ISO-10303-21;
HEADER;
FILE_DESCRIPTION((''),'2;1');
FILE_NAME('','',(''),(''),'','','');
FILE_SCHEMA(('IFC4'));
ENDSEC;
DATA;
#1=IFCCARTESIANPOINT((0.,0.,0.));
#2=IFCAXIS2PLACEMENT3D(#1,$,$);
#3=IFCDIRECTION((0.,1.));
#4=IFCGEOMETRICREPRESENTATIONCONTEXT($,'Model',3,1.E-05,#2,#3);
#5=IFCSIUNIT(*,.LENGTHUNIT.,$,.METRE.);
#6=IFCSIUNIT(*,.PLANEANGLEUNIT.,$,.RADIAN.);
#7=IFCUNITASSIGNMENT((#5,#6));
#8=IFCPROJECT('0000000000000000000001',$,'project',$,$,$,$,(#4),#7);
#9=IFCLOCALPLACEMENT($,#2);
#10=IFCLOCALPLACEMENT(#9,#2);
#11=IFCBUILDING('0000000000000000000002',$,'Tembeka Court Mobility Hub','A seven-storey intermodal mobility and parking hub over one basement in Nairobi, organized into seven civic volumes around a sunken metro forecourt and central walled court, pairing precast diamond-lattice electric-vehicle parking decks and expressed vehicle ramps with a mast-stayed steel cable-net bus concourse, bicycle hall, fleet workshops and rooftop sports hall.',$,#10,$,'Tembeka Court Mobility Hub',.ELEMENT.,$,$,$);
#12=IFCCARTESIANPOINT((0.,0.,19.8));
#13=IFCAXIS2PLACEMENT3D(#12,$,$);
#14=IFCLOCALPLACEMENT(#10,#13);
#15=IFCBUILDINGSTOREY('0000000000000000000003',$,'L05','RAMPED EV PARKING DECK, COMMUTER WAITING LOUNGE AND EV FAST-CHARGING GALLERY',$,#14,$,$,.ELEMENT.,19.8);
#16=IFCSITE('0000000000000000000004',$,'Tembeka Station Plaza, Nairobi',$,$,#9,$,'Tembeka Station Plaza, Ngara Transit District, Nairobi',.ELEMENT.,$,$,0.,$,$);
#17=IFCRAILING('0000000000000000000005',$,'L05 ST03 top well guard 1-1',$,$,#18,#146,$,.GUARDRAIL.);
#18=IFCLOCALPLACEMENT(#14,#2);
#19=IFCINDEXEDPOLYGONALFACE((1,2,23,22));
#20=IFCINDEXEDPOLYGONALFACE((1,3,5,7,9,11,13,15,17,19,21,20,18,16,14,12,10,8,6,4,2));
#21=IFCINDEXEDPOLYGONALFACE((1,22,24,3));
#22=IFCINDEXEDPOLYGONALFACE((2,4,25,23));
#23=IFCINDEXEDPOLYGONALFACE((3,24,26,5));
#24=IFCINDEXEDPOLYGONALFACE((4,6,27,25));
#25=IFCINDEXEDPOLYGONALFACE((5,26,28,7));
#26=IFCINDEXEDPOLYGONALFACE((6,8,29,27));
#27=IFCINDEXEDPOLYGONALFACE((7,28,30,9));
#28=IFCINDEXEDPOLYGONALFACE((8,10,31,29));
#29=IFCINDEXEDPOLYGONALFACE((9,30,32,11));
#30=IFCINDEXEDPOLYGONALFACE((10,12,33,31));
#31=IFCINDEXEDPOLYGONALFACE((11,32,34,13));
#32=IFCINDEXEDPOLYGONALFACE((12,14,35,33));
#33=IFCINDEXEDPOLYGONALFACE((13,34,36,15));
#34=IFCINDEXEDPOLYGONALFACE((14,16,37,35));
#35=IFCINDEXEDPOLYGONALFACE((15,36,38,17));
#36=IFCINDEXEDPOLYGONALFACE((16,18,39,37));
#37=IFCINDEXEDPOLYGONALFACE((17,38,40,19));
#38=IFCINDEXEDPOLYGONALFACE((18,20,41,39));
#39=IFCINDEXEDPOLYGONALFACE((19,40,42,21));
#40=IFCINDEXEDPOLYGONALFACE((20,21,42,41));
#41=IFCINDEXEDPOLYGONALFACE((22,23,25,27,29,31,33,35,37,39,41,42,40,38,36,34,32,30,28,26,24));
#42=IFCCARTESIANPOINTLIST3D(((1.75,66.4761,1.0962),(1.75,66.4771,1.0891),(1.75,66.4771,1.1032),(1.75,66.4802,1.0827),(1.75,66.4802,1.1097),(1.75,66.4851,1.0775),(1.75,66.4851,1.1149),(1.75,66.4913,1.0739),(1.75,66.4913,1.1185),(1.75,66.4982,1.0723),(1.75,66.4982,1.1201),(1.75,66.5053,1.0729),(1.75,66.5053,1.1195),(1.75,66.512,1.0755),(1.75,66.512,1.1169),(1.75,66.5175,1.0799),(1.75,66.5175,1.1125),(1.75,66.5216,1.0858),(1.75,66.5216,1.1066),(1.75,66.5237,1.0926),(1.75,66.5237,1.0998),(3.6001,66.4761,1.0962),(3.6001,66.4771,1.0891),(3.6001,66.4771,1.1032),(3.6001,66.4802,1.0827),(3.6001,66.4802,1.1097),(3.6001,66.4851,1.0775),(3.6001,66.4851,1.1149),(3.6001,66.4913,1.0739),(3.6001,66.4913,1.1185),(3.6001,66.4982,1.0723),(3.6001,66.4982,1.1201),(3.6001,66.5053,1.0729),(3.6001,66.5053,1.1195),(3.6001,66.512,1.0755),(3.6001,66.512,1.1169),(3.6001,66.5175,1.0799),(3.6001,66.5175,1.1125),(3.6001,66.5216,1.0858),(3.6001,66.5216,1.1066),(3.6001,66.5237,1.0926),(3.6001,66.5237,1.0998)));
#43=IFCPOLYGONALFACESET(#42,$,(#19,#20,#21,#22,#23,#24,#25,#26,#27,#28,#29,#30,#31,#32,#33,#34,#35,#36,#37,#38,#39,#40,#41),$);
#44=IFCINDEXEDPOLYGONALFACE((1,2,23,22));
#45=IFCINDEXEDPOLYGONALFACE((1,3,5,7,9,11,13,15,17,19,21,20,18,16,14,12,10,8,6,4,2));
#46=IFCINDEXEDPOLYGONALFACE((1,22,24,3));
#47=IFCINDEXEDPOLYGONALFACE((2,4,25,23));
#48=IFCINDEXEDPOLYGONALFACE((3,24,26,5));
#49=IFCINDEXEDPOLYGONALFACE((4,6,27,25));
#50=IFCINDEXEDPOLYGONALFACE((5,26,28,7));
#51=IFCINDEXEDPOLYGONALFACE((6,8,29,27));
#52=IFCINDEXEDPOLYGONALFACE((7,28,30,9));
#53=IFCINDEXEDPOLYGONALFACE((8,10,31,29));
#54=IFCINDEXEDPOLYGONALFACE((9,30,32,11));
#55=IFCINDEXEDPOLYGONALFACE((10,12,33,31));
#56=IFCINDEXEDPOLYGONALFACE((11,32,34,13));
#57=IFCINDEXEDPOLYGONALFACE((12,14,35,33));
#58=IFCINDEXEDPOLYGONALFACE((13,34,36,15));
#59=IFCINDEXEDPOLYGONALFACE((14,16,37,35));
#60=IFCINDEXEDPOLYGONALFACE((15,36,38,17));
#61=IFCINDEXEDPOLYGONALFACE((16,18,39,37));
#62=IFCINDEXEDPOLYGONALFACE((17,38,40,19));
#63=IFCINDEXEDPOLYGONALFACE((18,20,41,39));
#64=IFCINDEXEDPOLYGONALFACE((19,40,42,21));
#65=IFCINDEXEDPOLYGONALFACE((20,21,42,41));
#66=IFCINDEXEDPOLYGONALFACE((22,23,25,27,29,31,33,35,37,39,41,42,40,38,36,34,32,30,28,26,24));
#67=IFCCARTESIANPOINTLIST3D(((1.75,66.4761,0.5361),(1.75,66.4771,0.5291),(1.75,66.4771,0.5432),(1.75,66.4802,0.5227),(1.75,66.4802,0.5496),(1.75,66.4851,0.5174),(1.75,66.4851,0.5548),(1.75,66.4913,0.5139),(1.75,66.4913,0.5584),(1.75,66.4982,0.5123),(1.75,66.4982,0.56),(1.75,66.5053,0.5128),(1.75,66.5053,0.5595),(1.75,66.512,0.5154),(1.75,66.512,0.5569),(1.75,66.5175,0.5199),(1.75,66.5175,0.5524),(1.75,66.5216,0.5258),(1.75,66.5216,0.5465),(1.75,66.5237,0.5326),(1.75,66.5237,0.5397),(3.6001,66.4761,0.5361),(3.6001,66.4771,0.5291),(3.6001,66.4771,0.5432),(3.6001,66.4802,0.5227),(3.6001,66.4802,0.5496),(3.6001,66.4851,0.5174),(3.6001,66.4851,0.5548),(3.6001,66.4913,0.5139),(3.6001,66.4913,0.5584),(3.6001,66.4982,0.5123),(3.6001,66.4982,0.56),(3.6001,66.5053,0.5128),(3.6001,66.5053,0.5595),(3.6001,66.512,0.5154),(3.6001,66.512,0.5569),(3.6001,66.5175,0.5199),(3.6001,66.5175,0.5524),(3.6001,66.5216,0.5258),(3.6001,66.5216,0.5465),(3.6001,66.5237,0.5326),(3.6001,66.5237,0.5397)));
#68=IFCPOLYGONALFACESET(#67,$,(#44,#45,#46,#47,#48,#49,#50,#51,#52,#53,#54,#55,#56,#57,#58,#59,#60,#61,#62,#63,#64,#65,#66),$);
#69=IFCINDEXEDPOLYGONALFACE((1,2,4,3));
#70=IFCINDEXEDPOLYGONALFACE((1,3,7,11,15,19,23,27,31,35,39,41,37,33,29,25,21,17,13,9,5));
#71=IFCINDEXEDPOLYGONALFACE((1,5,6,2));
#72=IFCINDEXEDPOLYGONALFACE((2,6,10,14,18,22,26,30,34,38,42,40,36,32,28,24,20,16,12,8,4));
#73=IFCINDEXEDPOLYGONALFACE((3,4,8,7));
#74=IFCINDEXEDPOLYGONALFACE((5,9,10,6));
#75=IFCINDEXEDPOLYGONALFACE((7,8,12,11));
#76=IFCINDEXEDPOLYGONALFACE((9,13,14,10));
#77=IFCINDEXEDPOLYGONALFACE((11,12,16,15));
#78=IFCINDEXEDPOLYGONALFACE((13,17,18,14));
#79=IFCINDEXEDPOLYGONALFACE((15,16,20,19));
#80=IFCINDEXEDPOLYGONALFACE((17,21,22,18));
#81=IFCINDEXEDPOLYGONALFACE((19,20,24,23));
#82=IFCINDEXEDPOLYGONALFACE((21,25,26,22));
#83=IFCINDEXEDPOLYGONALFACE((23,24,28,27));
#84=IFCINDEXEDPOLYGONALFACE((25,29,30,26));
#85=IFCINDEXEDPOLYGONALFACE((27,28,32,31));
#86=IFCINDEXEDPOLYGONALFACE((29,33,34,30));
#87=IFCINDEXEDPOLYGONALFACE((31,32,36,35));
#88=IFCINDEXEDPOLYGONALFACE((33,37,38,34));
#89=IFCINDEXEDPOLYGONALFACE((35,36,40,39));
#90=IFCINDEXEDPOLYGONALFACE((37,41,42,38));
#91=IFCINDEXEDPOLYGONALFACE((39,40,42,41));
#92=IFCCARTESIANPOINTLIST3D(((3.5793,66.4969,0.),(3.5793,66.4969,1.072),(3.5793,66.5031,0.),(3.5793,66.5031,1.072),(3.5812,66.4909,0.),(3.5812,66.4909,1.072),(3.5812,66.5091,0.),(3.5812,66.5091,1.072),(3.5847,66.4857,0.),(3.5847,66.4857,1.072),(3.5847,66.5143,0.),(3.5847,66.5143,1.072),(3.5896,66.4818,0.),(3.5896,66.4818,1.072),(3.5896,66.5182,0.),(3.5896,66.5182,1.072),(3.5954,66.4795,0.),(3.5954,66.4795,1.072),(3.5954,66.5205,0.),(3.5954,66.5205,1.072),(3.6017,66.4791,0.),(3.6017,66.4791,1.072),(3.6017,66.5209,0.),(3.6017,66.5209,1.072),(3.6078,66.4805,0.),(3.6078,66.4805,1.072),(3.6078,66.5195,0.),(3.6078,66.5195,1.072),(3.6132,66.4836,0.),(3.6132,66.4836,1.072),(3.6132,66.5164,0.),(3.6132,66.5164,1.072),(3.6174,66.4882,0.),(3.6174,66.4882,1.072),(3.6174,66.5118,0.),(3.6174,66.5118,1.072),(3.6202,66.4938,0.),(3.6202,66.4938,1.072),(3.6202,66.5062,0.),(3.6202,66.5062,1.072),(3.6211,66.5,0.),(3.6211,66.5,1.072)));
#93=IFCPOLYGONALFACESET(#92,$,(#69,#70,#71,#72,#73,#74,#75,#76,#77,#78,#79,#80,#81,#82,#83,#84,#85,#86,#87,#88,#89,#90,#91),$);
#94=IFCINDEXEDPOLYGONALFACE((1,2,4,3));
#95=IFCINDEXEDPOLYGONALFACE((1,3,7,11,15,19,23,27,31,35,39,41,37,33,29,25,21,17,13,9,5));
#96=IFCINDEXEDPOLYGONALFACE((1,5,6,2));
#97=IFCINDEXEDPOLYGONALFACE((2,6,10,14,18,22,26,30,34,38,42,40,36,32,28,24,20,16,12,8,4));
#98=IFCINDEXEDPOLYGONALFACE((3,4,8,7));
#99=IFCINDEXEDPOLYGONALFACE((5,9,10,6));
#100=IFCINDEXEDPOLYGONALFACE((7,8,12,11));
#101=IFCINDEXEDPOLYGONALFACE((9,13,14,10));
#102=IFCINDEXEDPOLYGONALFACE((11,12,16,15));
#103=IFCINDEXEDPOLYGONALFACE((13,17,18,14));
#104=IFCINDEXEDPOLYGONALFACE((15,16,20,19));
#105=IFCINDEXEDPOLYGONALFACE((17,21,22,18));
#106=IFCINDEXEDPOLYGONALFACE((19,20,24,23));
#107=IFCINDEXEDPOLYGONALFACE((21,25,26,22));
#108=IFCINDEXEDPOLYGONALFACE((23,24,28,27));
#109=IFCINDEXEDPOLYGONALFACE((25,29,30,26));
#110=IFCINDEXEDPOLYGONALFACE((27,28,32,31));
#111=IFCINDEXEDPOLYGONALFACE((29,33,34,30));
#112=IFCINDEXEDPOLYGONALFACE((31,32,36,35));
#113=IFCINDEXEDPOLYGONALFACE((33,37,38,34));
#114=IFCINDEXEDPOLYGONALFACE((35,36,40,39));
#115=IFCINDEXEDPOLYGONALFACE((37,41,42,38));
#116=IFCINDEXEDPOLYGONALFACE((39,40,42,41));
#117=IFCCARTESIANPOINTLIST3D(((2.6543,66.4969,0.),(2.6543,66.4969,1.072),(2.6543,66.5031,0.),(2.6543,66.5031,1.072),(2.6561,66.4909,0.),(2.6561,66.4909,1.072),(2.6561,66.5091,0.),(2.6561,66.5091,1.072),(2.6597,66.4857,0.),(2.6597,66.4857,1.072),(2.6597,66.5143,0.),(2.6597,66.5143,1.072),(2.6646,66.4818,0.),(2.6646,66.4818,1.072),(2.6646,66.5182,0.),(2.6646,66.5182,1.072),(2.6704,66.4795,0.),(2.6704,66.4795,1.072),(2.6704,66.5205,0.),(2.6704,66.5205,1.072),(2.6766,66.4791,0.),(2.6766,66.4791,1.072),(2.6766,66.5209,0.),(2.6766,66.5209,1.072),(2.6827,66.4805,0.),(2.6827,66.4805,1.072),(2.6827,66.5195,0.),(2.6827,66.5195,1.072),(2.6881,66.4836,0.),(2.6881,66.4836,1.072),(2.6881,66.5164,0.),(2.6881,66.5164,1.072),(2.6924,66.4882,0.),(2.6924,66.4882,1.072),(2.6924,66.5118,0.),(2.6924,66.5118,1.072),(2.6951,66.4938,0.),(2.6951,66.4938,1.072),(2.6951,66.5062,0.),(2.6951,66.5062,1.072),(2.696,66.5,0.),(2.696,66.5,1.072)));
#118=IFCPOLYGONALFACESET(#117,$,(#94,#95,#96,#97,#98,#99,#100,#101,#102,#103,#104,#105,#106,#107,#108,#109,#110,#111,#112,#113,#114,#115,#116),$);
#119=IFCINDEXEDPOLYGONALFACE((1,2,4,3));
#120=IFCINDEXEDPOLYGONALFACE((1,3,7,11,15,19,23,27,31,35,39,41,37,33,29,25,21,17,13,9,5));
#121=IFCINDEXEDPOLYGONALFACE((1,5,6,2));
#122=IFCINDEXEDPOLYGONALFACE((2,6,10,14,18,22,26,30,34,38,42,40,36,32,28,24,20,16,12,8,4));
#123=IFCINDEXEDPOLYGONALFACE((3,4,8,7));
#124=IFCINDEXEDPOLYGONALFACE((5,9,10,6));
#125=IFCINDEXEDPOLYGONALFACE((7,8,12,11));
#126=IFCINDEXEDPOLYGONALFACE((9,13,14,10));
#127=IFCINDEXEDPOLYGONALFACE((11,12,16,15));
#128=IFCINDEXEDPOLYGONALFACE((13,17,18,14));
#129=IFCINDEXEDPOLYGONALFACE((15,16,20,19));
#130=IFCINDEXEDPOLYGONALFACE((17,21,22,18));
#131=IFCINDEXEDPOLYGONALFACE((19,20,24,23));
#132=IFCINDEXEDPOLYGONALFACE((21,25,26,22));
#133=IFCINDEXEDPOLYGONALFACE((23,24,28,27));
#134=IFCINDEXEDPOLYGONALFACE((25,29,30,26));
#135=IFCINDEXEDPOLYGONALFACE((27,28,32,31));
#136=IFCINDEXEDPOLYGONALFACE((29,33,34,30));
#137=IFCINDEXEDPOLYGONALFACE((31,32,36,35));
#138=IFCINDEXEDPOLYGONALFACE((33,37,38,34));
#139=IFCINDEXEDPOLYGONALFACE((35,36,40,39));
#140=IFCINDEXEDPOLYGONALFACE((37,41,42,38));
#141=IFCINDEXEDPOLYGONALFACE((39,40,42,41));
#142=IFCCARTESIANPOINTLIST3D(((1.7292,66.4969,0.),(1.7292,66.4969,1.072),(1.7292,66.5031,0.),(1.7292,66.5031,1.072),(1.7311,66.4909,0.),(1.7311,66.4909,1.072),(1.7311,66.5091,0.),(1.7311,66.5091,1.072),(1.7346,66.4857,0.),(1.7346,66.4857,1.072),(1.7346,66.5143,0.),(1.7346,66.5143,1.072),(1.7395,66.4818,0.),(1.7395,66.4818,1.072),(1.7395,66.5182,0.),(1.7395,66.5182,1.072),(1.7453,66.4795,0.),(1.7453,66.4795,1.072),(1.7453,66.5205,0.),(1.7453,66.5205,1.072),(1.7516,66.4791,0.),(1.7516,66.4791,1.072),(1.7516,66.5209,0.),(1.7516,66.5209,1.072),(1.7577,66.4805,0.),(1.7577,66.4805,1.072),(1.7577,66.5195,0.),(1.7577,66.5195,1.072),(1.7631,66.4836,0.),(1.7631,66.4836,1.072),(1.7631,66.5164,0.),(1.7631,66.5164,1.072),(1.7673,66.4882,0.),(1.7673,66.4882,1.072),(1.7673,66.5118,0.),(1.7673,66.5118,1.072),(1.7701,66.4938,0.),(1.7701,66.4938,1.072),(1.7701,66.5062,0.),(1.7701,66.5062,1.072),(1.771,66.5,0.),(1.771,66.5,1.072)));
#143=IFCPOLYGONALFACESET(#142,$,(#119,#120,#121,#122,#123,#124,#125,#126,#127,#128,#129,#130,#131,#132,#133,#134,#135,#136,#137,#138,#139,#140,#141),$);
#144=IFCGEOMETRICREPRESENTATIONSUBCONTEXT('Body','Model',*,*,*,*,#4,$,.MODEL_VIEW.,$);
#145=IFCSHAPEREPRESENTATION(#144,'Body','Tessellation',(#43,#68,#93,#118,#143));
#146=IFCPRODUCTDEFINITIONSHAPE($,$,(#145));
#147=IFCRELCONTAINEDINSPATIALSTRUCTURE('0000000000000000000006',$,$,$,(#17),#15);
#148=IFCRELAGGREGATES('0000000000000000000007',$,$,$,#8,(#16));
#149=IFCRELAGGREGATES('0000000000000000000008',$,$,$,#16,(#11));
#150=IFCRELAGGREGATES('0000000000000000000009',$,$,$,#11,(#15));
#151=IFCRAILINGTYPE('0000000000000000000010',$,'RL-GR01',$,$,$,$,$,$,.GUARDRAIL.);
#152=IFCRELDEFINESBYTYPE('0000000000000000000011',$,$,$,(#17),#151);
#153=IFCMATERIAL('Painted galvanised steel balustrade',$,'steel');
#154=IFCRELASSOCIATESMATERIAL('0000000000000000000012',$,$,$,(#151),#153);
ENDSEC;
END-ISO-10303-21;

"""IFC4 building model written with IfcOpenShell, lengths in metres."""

from ifc_helpers import new_model, si_unit, direction, frame, origin, origin_2d, place, context, subcontext, project, spatial, circle, extrude, material, type_object, element, save


model = new_model("IFC4")

# Units and contexts
model_context = context("Model", 3, precision=1e-05, world=origin(), true_north=direction((0.0, 1.0)))
body_context = subcontext(model_context, "Body", "Model", "MODEL_VIEW")
ifc_project = project(units=[si_unit("LENGTHUNIT", "METRE"), si_unit("PLANEANGLEUNIT", "RADIAN")], contexts=[model_context])

# Site, building, storey
site_placement = place(None, origin())
site = spatial("IfcSite", under=ifc_project, at=site_placement, Name="Tembeka Station Plaza, Nairobi", LongName="Tembeka Station Plaza, Ngara Transit District, Nairobi", CompositionType="ELEMENT", RefElevation=0.0)
building_placement = place(site_placement, origin())
building = spatial("IfcBuilding", under=site, at=building_placement, Name="Tembeka Court Mobility Hub", Description="A seven-storey intermodal mobility and parking hub over one basement in Nairobi, organized into seven civic volumes around a sunken metro forecourt and central walled court, pairing precast diamond-lattice electric-vehicle parking decks and expressed vehicle ramps with a mast-stayed steel cable-net bus concourse, bicycle hall, fleet workshops and rooftop sports hall.", LongName="Tembeka Court Mobility Hub", CompositionType="ELEMENT")
storey_placement = place(building_placement, frame((0.0, 0.0, 19.8)))
storey = spatial("IfcBuildingStorey", under=building, at=storey_placement, Name="L05", Description="RAMPED EV PARKING DECK, COMMUTER WAITING LOUNGE AND EV FAST-CHARGING GALLERY", CompositionType="ELEMENT", Elevation=19.8)

# Railing
ifc_material_1 = material(Name="Painted galvanised steel balustrade", Category="steel")
railing_type = type_object("IfcRailingType", Name="RL-GR01", PredefinedType="GUARDRAIL", material=ifc_material_1)
railing_placement = place(storey_placement, frame((3.6001, 66.5, 0.0)))
element("IfcRailing", 1, at=railing_placement, inside=storey, type_object=railing_type, Name="L05 ST03 top well guard 1-1", PredefinedType="GUARDRAIL", context=body_context, shape_type="SweptSolid", body=[
    extrude(circle(Radius=0.0239, at=origin_2d()), frame((0.0, 0.0, 1.0962), z_axis=(-1.0, 0.0, 0.0), x_axis=(0.0, -1.0, 0.0)), (0.0, 0.0, 1.0), 1.8501),
    extrude(circle(Radius=0.0239, at=origin_2d()), frame((0.0, 0.0, 0.5361), z_axis=(-1.0, 0.0, 0.0), x_axis=(0.0, -1.0, 0.0)), (0.0, 0.0, 1.0), 1.8501),
    extrude(circle(Radius=0.021, at=origin_2d()), origin(), (0.0, 0.0, 1.0), 1.072),
    extrude(circle(Radius=0.021, at=origin_2d()), frame((-0.925, 0.0, 0.0)), (0.0, 0.0, 1.0), 1.072),
    extrude(circle(Radius=0.021, at=origin_2d()), frame((-1.8501, 0.0, 0.0)), (0.0, 0.0, 1.0), 1.072),
])

save(model, "model.ifc")
